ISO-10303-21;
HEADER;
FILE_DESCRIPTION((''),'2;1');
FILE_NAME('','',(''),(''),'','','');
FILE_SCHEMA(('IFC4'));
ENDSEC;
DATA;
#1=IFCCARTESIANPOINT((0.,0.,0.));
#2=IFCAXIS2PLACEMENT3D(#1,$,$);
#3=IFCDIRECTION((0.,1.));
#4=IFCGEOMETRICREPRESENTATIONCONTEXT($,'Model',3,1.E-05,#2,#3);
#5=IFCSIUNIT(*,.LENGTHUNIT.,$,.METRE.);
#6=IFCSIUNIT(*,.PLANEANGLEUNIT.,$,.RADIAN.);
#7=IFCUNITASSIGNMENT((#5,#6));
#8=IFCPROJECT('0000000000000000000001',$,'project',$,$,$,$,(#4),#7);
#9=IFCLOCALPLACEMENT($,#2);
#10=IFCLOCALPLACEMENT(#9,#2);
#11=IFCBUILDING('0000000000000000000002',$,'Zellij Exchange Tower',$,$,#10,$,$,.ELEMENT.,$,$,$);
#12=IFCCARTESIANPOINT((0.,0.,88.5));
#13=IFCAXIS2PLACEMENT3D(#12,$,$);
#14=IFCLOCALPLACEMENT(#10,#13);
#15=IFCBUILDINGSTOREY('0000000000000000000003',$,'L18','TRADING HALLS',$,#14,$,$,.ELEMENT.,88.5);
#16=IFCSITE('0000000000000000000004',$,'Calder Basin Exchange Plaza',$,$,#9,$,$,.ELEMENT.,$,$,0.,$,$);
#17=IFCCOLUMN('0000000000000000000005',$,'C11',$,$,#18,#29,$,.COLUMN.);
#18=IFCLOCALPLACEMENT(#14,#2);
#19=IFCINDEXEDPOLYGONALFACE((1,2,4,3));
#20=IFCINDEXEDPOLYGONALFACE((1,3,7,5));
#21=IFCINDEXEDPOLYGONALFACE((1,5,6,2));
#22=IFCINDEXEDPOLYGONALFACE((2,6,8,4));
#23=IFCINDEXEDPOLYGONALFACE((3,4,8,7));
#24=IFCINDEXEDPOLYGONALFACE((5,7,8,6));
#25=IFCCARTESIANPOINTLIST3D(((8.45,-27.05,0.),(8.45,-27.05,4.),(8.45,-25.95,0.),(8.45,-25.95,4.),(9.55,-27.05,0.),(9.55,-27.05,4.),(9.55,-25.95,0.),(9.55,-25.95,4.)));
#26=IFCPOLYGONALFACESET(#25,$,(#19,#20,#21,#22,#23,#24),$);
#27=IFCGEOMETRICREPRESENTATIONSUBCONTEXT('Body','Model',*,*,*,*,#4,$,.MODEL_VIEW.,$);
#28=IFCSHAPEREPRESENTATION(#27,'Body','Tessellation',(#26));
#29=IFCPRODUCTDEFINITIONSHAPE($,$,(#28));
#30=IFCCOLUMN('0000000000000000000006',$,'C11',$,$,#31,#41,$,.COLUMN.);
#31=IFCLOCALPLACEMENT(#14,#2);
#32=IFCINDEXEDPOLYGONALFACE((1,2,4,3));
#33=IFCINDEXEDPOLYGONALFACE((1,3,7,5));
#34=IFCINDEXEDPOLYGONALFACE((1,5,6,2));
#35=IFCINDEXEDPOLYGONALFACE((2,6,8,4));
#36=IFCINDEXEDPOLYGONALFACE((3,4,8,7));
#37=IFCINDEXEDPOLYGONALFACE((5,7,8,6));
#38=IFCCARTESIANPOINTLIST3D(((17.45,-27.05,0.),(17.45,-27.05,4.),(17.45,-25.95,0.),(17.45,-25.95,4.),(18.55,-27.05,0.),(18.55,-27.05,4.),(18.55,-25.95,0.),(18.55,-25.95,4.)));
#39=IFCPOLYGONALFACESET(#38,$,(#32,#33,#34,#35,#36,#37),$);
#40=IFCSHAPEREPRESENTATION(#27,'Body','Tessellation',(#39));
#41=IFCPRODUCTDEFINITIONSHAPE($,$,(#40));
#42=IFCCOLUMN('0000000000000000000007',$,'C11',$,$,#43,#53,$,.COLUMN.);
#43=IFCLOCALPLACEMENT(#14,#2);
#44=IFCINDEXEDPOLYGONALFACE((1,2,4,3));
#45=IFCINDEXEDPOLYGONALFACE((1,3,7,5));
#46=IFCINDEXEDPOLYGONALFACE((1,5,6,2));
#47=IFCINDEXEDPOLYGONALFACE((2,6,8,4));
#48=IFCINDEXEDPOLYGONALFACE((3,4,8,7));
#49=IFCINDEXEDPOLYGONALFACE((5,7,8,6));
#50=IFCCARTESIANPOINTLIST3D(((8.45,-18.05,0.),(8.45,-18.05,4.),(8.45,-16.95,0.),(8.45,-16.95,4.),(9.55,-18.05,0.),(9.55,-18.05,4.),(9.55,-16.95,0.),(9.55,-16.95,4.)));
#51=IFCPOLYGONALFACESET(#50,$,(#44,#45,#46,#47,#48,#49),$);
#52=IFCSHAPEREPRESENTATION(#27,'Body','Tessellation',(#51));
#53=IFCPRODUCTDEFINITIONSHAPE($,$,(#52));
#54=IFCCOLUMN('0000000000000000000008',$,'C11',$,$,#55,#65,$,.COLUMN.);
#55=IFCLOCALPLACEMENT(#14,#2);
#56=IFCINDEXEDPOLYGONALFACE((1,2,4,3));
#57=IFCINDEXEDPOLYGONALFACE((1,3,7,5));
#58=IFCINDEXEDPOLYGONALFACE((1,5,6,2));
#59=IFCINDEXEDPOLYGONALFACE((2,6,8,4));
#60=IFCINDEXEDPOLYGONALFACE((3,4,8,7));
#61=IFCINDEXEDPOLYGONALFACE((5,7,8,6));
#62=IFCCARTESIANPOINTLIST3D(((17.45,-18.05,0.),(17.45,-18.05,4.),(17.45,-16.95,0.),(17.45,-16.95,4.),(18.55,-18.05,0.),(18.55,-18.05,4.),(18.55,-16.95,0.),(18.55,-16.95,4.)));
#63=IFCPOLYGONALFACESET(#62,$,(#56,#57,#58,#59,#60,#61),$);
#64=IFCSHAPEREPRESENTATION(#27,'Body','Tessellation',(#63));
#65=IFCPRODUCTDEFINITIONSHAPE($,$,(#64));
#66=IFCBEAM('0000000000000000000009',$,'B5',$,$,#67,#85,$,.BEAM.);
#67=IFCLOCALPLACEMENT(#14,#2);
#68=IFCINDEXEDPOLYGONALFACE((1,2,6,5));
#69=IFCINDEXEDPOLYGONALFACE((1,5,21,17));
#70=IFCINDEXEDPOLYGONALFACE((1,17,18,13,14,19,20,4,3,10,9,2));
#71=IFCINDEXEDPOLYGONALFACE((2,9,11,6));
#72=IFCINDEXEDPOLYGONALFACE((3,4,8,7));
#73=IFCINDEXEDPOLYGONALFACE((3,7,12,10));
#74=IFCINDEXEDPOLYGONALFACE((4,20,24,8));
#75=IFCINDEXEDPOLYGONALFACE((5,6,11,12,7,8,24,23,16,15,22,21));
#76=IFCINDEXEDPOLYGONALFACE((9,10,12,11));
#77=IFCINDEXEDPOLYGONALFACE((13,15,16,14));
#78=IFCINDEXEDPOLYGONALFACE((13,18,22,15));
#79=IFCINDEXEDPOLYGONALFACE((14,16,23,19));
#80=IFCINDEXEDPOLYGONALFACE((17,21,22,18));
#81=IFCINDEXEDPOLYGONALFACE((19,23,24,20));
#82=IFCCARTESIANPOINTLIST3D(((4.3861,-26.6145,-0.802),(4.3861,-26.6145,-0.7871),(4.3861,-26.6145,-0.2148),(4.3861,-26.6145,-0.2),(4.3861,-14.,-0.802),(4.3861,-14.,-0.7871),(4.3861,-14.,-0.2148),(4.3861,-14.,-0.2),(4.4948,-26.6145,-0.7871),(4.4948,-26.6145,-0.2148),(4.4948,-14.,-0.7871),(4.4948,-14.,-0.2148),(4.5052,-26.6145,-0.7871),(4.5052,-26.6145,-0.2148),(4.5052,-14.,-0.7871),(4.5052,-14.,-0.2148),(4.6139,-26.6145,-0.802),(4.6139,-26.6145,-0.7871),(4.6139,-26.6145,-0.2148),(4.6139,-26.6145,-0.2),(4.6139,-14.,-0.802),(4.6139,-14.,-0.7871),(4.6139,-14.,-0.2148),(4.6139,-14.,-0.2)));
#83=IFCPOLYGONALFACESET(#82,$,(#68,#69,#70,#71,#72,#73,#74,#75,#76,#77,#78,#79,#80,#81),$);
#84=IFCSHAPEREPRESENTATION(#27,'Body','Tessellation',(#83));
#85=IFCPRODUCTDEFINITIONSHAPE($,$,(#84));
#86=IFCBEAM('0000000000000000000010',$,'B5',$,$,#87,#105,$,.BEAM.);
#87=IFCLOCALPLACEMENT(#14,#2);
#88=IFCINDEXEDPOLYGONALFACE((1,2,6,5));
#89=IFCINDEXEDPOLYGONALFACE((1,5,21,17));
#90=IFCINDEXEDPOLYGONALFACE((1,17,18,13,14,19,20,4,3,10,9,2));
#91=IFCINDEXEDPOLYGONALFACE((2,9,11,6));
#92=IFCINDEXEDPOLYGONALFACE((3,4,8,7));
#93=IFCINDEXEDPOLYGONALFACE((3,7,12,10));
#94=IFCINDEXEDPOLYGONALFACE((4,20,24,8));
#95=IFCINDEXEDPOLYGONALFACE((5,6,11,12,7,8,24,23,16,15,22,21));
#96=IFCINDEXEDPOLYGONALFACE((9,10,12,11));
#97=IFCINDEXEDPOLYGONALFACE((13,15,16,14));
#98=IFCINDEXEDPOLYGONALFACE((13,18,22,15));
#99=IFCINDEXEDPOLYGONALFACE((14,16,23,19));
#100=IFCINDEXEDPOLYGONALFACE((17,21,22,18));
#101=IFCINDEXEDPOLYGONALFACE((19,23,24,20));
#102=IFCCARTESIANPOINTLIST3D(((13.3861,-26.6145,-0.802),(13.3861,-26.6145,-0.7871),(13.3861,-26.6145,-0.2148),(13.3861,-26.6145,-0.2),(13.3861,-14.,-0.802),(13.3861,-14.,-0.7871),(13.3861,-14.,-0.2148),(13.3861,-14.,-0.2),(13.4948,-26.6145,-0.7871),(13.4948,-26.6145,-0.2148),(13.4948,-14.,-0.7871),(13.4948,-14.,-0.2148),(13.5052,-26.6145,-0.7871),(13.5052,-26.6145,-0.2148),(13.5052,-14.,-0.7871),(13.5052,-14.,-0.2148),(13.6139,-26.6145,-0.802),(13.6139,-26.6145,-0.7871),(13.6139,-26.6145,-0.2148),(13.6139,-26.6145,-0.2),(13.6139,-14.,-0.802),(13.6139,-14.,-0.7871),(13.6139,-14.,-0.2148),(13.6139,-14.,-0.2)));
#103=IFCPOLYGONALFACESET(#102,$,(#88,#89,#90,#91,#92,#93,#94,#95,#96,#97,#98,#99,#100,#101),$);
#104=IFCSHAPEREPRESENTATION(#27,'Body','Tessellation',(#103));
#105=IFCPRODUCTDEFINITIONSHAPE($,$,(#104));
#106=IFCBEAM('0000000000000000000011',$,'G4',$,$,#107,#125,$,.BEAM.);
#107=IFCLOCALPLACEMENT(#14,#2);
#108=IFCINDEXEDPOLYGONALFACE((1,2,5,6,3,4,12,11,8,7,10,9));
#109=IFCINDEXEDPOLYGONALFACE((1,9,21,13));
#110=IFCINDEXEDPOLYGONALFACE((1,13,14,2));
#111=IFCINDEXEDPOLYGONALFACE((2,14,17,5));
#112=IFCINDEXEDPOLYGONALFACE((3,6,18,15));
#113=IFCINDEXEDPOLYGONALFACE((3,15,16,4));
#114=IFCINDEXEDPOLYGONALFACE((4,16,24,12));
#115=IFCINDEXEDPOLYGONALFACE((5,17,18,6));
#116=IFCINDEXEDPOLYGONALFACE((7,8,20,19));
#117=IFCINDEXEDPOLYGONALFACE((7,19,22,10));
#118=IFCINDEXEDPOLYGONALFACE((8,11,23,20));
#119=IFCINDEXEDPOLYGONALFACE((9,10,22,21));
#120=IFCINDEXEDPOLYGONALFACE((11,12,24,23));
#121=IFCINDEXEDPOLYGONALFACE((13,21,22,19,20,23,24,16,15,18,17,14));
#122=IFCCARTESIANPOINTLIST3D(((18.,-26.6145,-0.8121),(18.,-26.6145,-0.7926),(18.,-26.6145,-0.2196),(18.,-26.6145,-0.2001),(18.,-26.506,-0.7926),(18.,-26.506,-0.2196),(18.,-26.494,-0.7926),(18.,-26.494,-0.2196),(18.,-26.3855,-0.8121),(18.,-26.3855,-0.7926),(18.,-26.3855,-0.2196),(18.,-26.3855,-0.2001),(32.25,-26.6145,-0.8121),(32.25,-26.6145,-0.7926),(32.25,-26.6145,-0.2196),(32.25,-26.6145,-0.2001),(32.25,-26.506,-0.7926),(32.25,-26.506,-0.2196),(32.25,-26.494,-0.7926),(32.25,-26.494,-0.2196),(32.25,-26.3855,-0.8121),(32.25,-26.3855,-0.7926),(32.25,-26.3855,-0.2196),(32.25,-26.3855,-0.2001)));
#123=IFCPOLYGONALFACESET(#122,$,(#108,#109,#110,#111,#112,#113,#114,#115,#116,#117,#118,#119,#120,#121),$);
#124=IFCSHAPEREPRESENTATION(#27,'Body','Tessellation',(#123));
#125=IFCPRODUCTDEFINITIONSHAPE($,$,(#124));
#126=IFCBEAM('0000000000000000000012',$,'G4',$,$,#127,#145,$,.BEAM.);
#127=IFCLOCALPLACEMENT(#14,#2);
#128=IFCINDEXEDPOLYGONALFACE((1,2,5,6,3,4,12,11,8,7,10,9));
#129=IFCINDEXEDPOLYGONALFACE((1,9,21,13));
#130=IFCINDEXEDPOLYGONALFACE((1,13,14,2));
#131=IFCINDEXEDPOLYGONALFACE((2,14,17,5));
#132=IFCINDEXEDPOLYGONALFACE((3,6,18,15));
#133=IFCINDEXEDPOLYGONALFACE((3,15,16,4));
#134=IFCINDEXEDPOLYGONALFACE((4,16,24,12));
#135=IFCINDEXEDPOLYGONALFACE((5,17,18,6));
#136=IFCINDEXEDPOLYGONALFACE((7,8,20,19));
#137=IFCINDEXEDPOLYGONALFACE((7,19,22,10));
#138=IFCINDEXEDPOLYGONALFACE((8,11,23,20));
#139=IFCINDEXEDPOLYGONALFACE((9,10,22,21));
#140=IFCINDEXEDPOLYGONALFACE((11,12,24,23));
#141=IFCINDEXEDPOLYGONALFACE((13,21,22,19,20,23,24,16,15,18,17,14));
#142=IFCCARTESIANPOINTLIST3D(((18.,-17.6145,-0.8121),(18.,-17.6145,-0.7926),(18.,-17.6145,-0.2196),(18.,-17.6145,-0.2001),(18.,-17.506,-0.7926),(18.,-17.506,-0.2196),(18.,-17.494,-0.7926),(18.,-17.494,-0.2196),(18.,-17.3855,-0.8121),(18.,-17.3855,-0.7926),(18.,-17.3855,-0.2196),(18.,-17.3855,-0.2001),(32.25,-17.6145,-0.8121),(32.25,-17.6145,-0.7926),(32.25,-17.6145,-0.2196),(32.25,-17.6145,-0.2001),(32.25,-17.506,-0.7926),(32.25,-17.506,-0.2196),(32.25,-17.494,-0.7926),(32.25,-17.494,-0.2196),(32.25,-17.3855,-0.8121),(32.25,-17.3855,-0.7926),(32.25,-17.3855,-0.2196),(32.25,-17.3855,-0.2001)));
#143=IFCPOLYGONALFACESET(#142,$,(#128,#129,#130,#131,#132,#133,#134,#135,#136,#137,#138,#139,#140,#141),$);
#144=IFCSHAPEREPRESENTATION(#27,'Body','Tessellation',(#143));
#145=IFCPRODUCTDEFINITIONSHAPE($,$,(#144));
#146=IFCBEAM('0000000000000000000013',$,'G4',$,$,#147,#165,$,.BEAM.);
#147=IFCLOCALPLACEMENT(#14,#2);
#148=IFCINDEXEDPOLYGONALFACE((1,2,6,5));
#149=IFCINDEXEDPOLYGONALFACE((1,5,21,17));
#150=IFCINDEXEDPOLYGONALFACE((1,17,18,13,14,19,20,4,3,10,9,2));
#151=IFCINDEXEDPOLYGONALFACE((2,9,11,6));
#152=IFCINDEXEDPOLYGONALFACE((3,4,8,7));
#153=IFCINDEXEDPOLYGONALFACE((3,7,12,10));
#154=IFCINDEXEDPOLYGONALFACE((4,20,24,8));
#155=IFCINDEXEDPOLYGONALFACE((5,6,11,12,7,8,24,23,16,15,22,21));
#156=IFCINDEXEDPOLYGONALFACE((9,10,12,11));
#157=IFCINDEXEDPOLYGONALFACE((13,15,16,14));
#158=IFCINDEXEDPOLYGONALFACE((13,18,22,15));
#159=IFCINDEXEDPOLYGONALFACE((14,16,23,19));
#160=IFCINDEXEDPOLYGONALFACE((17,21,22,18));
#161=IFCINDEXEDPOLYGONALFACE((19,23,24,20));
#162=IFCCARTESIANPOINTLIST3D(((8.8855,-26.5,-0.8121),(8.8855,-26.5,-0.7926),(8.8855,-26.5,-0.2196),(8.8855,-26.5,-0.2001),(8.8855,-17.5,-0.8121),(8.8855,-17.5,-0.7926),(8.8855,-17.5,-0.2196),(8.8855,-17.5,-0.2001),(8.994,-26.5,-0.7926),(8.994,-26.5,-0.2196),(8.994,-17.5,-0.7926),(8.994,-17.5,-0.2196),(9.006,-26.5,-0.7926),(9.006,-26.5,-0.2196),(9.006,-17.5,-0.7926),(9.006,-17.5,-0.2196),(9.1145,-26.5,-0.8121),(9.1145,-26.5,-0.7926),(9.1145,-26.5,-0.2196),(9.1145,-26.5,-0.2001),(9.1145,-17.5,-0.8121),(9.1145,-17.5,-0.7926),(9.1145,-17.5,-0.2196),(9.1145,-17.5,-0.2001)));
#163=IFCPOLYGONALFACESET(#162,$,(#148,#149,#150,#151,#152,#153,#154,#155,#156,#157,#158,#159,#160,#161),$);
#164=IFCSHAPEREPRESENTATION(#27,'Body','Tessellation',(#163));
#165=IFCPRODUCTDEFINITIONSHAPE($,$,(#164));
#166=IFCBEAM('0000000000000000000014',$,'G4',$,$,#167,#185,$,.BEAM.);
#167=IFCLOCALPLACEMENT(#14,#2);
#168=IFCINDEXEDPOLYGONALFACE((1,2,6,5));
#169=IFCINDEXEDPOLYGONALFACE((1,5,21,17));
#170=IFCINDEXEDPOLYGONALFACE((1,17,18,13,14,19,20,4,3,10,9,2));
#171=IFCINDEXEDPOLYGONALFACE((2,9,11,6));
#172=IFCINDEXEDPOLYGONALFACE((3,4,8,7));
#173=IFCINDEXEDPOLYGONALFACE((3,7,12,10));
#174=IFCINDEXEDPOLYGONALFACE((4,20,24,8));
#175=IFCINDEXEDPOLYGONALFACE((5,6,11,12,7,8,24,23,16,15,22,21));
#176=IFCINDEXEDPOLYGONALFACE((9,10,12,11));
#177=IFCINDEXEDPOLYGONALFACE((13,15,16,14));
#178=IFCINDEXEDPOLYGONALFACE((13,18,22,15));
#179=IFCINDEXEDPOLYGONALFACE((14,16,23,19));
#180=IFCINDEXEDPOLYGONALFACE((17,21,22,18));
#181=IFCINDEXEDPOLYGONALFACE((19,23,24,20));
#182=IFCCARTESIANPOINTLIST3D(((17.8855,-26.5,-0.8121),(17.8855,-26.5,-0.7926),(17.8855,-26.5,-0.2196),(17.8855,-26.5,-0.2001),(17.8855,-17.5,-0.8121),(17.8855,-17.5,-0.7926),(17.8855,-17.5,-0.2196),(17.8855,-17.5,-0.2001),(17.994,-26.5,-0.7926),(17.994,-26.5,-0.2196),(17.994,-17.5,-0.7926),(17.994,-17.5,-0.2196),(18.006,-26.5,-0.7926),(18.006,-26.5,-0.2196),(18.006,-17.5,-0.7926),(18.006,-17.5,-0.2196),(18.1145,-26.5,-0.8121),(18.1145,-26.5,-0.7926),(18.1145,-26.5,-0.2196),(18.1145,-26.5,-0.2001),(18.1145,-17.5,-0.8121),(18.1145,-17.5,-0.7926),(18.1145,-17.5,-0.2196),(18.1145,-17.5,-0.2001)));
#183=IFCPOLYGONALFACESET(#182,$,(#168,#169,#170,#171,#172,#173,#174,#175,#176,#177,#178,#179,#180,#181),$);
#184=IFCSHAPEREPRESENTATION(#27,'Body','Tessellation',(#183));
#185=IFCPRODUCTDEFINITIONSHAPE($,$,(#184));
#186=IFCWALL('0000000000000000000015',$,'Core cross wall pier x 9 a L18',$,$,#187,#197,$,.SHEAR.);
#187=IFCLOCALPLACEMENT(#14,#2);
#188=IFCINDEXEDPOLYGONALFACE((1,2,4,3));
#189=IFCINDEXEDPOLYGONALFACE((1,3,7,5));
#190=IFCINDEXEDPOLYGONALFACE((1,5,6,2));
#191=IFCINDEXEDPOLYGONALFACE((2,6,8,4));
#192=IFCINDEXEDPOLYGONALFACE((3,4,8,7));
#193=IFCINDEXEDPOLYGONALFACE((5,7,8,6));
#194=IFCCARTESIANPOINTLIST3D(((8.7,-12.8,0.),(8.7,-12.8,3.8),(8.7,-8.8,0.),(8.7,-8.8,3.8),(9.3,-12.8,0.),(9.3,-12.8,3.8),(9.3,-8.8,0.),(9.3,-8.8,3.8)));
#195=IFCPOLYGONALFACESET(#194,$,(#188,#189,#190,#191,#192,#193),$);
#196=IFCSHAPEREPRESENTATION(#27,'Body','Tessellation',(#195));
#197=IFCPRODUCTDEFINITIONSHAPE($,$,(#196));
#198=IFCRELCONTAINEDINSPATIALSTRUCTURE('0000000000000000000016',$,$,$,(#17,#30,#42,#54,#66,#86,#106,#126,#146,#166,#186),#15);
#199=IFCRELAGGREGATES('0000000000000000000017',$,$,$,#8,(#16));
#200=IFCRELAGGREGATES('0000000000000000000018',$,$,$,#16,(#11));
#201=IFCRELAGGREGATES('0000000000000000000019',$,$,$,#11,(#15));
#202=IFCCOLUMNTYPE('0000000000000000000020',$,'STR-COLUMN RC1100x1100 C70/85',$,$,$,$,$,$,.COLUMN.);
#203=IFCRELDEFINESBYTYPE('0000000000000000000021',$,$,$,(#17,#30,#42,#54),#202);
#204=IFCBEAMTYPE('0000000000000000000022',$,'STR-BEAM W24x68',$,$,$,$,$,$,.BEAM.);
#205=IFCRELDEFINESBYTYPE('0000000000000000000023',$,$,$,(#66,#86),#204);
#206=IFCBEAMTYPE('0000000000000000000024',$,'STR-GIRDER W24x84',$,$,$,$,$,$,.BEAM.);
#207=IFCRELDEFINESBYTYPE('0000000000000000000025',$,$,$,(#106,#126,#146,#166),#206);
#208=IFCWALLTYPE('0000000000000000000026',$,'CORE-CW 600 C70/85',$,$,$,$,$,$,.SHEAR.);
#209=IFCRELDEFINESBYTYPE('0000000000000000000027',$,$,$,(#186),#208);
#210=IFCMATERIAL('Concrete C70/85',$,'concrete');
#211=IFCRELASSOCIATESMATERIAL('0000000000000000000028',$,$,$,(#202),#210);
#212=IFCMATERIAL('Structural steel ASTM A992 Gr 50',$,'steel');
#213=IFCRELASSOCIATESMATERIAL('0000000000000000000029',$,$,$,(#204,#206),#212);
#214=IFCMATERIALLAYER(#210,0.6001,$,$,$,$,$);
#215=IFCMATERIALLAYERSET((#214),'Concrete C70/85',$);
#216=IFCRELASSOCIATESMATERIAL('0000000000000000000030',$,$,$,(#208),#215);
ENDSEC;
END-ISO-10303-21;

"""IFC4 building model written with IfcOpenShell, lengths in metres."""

from ifc_helpers import new_model, si_unit, direction, frame, frame_2d, origin, origin_2d, place, context, subcontext, project, spatial, rectangle, i_section, extrude, material, layer, layer_set, material_profile, profile_set, type_object, element, save


model = new_model("IFC4")

# Units and contexts
model_context = context("Model", 3, precision=1e-05, world=origin(), true_north=direction((0.0, 1.0)))
body_context = subcontext(model_context, "Body", "Model", "MODEL_VIEW")
ifc_project = project(units=[si_unit("LENGTHUNIT", "METRE"), si_unit("PLANEANGLEUNIT", "RADIAN")], contexts=[model_context])

# Site, building, storey
site_placement = place(None, origin())
site = spatial("IfcSite", under=ifc_project, at=site_placement, Name="Calder Basin Exchange Plaza", CompositionType="ELEMENT", RefElevation=0.0)
building_placement = place(site_placement, origin())
building = spatial("IfcBuilding", under=site, at=building_placement, Name="Zellij Exchange Tower", CompositionType="ELEMENT")
storey_placement = place(building_placement, frame((0.0, 0.0, 88.5)))
storey = spatial("IfcBuildingStorey", under=building, at=storey_placement, Name="L18", Description="TRADING HALLS", CompositionType="ELEMENT", Elevation=88.5)

# Columns
ifc_material_1 = material(Name="Concrete C70/85", Category="concrete")
ifc_material_profile_1 = material_profile(ifc_material_1, rectangle(XDim=1.1001, YDim=1.1001, at=origin_2d()), Name="STR-COLUMN RC1100x1100 C70/85")
ifc_profile_set_1 = profile_set([ifc_material_profile_1], Name="Concrete C70/85")
column_type = type_object("IfcColumnType", Name="STR-COLUMN RC1100x1100 C70/85", PredefinedType="COLUMN", material=ifc_profile_set_1)
for number, where, z_axis, x_axis, name in (
    (1, (9.0, -26.5, 0.0), (0.0, 0.0, 1.0), (1.0, 0.0, 0.0), "C11"),
    (2, (18.0, -26.5, 0.0), (0.0, 0.0, 1.0), (1.0, 0.0, 0.0), "C11"),
    (3, (9.0, -17.5, 0.0), (0.0, 0.0, 1.0), (1.0, 0.0, 0.0), "C11"),
    (4, (18.0, -17.5, 0.0), (0.0, 0.0, 1.0), (1.0, 0.0, 0.0), "C11"),
):
    element("IfcColumn", number, at=place(storey_placement, frame(where, z_axis=z_axis, x_axis=x_axis)), inside=storey, type_object=column_type, Name=name, PredefinedType="COLUMN", context=body_context, shape_type="SweptSolid", body=[
        extrude(rectangle(XDim=1.1001, YDim=1.1001, at=origin_2d()), origin(), (0.0, 0.0, 1.0), 4.0),
    ])

# Beams
ifc_material_2 = material(Name="Structural steel ASTM A992 Gr 50", Category="steel")
ifc_material_profile_2 = material_profile(ifc_material_2, i_section(OverallWidth=0.2278, OverallDepth=0.6021, WebThickness=0.0105, FlangeThickness=0.0149, at=origin_2d()), Name="W24x68")
ifc_profile_set_2 = profile_set([ifc_material_profile_2], Name="Structural steel ASTM A992 Gr 50")
beam_type_1 = type_object("IfcBeamType", Name="STR-BEAM W24x68", PredefinedType="BEAM", material=ifc_profile_set_2)
for number, where, z_axis, x_axis, name in (
    (5, (4.5, -26.6145, -0.501), (0.0, 1.0, 0.0), (-1.0, 0.0, 0.0), "B5"),
    (6, (13.5, -26.6145, -0.501), (0.0, 1.0, 0.0), (-1.0, 0.0, 0.0), "B5"),
):
    element("IfcBeam", number, at=place(storey_placement, frame(where, z_axis=z_axis, x_axis=x_axis)), inside=storey, type_object=beam_type_1, Name=name, PredefinedType="BEAM", context=body_context, shape_type="SweptSolid", body=[
        extrude(i_section(OverallWidth=0.2278, OverallDepth=0.6021, WebThickness=0.0105, FlangeThickness=0.0149, at=origin_2d()), origin(), (0.0, 0.0, 1.0), 12.6145),
    ])
ifc_material_profile_3 = material_profile(ifc_material_2, i_section(OverallWidth=0.229, OverallDepth=0.6121, WebThickness=0.012, FlangeThickness=0.0195, at=origin_2d()), Name="W24x84")
ifc_profile_set_3 = profile_set([ifc_material_profile_3], Name="Structural steel ASTM A992 Gr 50")
beam_type_2 = type_object("IfcBeamType", Name="STR-GIRDER W24x84", PredefinedType="BEAM", material=ifc_profile_set_3)
for number, where, z_axis, x_axis, name in (
    (7, (18.0, -26.5, -0.5061), (1.0, 0.0, 0.0), (0.0, 1.0, 0.0), "G4"),
    (8, (18.0, -17.5, -0.5061), (1.0, 0.0, 0.0), (0.0, 1.0, 0.0), "G4"),
):
    element("IfcBeam", number, at=place(storey_placement, frame(where, z_axis=z_axis, x_axis=x_axis)), inside=storey, type_object=beam_type_2, Name=name, PredefinedType="BEAM", context=body_context, shape_type="SweptSolid", body=[
        extrude(i_section(OverallWidth=0.229, OverallDepth=0.6121, WebThickness=0.012, FlangeThickness=0.0195, at=origin_2d()), origin(), (0.0, 0.0, 1.0), 14.25),
    ])
for number, where, z_axis, x_axis, name in (
    (9, (9.0, -26.5, -0.5061), (0.0, 1.0, 0.0), (-1.0, 0.0, 0.0), "G4"),
    (10, (18.0, -26.5, -0.5061), (0.0, 1.0, 0.0), (-1.0, 0.0, 0.0), "G4"),
):
    element("IfcBeam", number, at=place(storey_placement, frame(where, z_axis=z_axis, x_axis=x_axis)), inside=storey, type_object=beam_type_2, Name=name, PredefinedType="BEAM", context=body_context, shape_type="SweptSolid", body=[
        extrude(i_section(OverallWidth=0.229, OverallDepth=0.6121, WebThickness=0.012, FlangeThickness=0.0195, at=origin_2d()), origin(), (0.0, 0.0, 1.0), 9.0),
    ])

# Wall
ifc_layer_1 = layer(ifc_material_1, 0.6001)
ifc_layer_set_1 = layer_set([ifc_layer_1], Name="Concrete C70/85")
wall_type_1 = type_object("IfcWallType", Name="CORE-CW 600 C70/85", PredefinedType="SHEAR", material=ifc_layer_set_1)
wall_1_placement = place(storey_placement, frame((9.0, -12.8, 0.0), z_axis=(0.0, 0.0, 1.0), x_axis=(0.0, 1.0, 0.0)))
element("IfcWall", 11, at=wall_1_placement, inside=storey, type_object=wall_type_1, Name="Core cross wall pier x 9 a L18", PredefinedType="SHEAR", context=body_context, shape_type="SweptSolid", body=[
    extrude(rectangle(XDim=4.0, YDim=0.6001, at=frame_2d((2.0, 0.0))), origin(), (0.0, 0.0, 1.0), 3.8),
])

save(model, "model.ifc")
